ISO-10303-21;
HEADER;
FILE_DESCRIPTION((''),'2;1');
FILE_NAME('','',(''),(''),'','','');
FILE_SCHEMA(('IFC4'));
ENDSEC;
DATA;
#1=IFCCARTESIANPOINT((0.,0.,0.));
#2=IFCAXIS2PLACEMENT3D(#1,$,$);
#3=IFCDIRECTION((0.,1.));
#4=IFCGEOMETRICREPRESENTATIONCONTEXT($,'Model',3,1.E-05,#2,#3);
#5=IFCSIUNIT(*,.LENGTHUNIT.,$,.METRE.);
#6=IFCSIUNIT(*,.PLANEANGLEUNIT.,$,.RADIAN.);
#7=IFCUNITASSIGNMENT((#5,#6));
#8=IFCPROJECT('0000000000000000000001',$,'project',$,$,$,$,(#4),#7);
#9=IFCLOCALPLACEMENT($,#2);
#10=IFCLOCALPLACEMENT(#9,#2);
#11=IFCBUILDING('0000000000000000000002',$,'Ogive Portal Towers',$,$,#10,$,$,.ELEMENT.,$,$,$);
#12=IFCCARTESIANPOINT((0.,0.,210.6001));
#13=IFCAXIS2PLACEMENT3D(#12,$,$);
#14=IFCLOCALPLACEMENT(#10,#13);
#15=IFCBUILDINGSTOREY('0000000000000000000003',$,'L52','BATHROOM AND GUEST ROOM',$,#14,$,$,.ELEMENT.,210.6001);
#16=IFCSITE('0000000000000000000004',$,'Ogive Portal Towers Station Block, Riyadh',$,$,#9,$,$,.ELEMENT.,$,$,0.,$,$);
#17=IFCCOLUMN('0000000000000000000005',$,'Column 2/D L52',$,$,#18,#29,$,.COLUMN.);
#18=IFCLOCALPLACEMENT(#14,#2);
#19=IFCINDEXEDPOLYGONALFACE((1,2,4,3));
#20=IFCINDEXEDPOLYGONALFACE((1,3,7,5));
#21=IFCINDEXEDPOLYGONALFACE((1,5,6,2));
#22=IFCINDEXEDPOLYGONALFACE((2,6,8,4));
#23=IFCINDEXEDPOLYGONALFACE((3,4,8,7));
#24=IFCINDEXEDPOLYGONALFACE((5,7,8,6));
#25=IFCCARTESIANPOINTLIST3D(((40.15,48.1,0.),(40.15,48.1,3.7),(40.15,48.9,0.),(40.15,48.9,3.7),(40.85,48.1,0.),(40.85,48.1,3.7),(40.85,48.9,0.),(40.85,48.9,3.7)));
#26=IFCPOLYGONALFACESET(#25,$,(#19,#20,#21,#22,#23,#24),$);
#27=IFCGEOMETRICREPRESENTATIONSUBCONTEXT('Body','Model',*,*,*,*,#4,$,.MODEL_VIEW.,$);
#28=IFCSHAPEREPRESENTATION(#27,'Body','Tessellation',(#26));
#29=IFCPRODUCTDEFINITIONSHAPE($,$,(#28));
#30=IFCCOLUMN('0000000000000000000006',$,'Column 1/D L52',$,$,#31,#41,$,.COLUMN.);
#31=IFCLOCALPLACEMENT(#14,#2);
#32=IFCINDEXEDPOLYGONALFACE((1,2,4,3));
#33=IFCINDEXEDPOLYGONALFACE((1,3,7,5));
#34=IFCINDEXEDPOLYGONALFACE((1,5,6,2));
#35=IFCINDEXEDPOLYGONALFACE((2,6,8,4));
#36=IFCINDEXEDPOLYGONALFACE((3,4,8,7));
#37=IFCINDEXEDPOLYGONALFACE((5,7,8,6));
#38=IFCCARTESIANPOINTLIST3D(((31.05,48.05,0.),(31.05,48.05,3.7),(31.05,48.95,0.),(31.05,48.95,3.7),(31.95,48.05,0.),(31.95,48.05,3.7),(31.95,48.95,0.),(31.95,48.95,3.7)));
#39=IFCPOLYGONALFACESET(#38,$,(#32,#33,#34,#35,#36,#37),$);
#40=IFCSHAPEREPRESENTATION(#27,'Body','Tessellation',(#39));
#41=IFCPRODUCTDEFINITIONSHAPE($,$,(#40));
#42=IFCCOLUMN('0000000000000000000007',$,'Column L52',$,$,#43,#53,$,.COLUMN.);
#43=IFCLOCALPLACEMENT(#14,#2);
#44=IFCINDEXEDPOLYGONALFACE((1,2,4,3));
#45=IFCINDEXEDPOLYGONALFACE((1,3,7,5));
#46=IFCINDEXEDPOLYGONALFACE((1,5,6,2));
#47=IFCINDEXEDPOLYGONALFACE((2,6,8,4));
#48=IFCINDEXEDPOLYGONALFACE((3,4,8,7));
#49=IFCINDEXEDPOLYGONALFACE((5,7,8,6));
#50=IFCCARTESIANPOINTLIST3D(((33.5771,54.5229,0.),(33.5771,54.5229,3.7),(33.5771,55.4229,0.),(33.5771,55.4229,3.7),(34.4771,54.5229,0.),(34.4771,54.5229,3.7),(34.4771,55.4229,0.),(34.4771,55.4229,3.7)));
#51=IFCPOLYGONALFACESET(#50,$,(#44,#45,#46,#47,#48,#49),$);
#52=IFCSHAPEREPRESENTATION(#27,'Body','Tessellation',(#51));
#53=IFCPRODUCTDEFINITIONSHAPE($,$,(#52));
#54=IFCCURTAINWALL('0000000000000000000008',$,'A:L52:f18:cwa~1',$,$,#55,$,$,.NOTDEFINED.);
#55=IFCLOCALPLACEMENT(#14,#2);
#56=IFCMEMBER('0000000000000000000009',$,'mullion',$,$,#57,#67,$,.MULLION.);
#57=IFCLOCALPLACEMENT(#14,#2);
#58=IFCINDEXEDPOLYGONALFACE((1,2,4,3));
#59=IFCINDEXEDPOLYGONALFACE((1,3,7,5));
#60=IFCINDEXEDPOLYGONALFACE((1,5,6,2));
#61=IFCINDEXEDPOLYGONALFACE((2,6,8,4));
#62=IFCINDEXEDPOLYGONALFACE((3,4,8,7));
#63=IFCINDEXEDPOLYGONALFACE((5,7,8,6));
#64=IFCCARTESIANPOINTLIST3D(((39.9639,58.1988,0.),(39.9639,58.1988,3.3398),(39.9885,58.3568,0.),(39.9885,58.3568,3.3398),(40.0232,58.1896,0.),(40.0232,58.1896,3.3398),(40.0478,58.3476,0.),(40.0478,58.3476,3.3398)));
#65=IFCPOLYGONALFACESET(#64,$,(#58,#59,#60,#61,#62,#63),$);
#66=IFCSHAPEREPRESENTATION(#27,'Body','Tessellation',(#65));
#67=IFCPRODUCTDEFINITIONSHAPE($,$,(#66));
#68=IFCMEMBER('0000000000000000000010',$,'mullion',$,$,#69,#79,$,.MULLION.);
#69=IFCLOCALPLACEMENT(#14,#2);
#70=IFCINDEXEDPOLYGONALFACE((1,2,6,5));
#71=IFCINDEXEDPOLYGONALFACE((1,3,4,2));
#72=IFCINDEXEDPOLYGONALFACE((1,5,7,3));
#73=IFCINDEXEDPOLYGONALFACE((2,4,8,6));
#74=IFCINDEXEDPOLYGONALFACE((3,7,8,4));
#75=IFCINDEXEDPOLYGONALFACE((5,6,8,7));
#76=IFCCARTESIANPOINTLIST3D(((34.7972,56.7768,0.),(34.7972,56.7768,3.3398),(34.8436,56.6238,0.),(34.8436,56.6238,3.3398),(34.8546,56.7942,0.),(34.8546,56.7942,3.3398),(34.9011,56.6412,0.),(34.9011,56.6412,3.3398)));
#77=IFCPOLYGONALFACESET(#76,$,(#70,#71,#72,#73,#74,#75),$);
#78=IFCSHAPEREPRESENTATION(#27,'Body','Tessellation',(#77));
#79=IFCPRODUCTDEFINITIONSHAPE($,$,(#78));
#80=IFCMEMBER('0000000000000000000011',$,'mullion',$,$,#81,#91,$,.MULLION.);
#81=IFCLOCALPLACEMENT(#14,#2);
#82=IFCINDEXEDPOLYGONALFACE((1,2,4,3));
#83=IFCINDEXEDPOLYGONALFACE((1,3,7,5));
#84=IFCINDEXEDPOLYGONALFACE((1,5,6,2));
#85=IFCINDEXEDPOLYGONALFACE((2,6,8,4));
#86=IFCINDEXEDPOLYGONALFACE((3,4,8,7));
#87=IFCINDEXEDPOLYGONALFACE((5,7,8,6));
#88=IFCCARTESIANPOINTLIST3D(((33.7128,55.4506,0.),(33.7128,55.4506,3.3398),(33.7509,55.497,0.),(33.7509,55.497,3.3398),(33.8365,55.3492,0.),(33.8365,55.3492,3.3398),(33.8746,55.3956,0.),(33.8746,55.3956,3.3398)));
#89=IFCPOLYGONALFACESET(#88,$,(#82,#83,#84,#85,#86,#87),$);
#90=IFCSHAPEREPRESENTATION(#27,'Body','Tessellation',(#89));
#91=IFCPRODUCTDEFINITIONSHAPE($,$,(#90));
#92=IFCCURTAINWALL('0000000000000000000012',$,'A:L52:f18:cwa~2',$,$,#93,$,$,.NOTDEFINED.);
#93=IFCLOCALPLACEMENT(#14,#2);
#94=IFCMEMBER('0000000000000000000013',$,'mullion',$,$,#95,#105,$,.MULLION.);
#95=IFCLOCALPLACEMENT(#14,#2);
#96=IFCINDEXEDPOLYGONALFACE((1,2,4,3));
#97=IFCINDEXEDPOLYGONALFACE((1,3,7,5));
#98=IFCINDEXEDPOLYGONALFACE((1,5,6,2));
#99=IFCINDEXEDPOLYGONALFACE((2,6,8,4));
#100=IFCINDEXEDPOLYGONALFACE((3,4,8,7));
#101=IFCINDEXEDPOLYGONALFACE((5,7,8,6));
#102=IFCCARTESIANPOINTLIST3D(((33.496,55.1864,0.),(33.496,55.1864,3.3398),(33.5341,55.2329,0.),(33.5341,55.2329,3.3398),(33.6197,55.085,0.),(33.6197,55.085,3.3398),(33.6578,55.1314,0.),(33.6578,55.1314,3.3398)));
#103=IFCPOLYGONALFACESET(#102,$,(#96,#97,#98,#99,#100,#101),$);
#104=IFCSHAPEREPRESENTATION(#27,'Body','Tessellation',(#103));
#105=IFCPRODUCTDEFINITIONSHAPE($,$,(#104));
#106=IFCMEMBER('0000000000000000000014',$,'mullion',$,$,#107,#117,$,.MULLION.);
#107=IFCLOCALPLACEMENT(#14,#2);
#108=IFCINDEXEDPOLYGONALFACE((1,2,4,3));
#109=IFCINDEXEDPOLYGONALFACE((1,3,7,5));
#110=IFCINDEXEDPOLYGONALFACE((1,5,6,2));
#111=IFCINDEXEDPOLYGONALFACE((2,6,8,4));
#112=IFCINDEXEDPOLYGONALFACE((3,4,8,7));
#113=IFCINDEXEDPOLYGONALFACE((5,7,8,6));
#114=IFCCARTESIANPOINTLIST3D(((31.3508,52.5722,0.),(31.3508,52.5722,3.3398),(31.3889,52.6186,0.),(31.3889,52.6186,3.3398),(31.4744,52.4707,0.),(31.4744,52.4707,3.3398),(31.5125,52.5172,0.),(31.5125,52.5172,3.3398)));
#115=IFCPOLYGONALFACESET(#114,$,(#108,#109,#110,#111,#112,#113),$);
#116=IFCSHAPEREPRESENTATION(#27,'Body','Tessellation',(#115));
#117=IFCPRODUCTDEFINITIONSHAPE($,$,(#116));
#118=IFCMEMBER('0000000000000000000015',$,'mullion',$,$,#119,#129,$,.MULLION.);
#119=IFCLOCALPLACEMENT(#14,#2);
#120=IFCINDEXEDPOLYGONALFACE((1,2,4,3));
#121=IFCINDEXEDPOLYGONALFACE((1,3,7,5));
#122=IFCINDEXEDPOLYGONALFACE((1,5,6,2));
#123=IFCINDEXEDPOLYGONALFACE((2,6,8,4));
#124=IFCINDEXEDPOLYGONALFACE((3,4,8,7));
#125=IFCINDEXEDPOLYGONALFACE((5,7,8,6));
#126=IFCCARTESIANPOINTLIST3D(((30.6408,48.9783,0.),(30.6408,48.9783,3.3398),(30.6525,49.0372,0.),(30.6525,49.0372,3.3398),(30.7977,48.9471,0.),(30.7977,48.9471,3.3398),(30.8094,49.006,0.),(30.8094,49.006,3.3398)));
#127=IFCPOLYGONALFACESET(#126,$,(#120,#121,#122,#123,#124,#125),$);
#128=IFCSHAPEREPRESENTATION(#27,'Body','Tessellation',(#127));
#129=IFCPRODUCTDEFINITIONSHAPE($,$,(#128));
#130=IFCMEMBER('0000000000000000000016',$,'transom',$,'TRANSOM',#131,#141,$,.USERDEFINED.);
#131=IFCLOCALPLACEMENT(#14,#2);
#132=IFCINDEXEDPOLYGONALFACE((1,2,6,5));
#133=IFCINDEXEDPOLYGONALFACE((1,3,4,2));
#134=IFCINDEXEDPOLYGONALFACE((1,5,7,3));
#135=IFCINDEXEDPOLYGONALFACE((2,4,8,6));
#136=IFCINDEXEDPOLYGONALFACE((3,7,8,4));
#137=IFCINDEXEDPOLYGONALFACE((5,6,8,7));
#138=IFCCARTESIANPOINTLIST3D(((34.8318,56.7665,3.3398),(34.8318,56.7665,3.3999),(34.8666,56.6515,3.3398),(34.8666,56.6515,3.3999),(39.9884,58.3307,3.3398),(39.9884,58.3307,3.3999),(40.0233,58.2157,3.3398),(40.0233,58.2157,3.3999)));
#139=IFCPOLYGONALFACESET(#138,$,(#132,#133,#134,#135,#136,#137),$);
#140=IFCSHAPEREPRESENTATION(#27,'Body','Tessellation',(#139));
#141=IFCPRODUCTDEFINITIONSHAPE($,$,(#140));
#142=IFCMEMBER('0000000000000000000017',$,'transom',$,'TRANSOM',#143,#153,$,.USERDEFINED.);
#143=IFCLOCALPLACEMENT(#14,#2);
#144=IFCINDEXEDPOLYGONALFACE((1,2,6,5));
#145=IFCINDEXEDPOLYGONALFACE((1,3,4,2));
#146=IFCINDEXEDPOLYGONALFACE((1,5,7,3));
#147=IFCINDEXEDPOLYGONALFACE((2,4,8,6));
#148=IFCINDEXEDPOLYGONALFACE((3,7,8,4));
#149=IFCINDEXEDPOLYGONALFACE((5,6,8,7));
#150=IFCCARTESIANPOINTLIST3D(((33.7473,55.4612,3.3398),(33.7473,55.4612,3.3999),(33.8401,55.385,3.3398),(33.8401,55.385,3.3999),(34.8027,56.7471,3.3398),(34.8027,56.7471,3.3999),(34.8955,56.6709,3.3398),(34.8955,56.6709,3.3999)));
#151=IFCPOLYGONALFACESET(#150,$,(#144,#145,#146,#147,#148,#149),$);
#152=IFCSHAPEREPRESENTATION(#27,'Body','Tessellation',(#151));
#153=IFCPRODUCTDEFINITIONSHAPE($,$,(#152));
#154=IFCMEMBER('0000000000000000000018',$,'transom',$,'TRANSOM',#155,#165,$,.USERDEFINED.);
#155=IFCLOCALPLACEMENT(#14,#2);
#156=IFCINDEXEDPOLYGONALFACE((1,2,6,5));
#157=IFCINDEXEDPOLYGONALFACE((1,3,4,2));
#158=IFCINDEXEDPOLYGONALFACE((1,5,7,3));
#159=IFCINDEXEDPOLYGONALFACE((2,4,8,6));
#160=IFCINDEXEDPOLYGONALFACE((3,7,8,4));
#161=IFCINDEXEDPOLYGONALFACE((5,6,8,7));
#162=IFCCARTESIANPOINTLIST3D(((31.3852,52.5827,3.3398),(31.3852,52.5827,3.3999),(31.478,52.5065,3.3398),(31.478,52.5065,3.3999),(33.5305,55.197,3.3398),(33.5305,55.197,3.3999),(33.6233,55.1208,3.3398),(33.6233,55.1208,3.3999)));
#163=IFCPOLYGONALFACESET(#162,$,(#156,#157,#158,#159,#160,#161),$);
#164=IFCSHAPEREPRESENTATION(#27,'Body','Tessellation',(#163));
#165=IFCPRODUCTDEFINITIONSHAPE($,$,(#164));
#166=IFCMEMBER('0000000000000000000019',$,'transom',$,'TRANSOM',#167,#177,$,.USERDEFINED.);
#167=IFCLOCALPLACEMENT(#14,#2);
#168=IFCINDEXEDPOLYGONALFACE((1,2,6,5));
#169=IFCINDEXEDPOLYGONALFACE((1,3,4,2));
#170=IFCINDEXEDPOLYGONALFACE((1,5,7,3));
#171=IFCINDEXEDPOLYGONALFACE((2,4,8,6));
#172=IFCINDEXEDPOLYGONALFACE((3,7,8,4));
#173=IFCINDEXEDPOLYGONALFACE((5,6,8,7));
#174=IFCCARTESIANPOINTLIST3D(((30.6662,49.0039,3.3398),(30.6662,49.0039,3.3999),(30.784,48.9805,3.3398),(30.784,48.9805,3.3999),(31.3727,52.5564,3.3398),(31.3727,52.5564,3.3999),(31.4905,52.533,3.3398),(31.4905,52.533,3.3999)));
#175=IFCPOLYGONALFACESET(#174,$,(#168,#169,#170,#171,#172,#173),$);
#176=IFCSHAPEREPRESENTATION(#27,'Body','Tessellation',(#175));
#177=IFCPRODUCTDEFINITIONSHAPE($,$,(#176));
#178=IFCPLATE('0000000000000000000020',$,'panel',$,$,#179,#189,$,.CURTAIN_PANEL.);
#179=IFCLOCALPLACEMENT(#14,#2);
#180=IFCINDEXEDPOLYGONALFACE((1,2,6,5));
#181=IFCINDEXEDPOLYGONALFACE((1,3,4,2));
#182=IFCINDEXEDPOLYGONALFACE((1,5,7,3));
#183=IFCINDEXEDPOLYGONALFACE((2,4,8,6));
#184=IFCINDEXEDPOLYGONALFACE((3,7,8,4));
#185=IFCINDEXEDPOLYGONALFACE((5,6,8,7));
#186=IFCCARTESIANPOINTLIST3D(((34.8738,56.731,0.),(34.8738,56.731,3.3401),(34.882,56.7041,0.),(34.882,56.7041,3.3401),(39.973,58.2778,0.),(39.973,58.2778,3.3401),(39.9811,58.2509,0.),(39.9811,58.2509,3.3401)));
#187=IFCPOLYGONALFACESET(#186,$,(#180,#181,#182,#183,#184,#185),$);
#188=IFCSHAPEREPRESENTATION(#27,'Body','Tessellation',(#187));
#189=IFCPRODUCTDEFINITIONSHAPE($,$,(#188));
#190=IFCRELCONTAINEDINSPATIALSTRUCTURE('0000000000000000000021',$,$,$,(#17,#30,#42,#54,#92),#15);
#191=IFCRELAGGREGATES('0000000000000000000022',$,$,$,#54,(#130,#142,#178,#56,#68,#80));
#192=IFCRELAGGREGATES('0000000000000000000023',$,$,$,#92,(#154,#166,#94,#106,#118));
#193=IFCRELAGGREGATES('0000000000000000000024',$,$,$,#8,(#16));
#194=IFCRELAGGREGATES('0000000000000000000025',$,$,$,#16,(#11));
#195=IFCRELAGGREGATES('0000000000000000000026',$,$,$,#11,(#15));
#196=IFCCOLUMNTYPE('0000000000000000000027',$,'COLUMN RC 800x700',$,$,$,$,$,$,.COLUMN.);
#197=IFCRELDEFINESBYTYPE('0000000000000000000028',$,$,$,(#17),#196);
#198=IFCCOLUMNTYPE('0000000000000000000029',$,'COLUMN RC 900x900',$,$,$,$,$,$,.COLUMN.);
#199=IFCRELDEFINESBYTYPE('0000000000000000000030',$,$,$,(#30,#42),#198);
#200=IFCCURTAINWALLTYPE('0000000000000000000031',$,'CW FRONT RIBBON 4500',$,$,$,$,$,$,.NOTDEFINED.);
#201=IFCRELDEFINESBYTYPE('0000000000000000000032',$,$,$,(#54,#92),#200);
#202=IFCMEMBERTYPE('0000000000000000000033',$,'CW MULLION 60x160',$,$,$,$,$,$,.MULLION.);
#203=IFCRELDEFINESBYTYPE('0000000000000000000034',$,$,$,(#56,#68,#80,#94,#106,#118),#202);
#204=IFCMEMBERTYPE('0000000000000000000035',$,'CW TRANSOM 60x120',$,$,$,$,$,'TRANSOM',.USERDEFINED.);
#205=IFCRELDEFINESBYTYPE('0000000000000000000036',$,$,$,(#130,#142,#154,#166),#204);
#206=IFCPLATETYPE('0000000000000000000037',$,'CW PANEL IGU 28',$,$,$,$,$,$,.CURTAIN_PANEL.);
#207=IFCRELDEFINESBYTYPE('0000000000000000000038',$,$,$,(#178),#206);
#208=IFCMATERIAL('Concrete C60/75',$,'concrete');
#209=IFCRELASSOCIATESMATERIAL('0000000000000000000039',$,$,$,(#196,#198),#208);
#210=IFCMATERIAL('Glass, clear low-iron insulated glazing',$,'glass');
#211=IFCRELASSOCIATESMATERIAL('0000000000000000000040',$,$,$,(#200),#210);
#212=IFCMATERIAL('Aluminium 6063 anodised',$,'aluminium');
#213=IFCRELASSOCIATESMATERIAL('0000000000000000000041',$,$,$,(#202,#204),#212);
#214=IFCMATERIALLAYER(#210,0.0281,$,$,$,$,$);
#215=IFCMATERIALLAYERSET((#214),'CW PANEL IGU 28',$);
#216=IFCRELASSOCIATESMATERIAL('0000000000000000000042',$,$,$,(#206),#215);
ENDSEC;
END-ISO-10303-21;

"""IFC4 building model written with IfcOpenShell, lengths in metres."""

from ifc_helpers import new_model, si_unit, direction, frame, origin, origin_2d, place, context, subcontext, project, spatial, rectangle, extrude, material, layer, layer_set, material_profile, profile_set, type_object, element, aggregate, save


model = new_model("IFC4")

# Units and contexts
model_context = context("Model", 3, precision=1e-05, world=origin(), true_north=direction((0.0, 1.0)))
body_context = subcontext(model_context, "Body", "Model", "MODEL_VIEW")
ifc_project = project(units=[si_unit("LENGTHUNIT", "METRE"), si_unit("PLANEANGLEUNIT", "RADIAN")], contexts=[model_context])

# Site, building, storey
site_placement = place(None, origin())
site = spatial("IfcSite", under=ifc_project, at=site_placement, Name="Ogive Portal Towers Station Block, Riyadh", CompositionType="ELEMENT", RefElevation=0.0)
building_placement = place(site_placement, origin())
building = spatial("IfcBuilding", under=site, at=building_placement, Name="Ogive Portal Towers", CompositionType="ELEMENT")
storey_placement = place(building_placement, frame((0.0, 0.0, 210.6001)))
storey = spatial("IfcBuildingStorey", under=building, at=storey_placement, Name="L52", Description="BATHROOM AND GUEST ROOM", CompositionType="ELEMENT", Elevation=210.6001)

# Columns
ifc_material_1 = material(Name="Concrete C60/75", Category="concrete")
ifc_material_profile_1 = material_profile(ifc_material_1, rectangle(XDim=0.8, YDim=0.7, at=origin_2d()), Name="RC 800x700")
ifc_profile_set_1 = profile_set([ifc_material_profile_1], Name="Concrete C60/75")
column_type_1 = type_object("IfcColumnType", Name="COLUMN RC 800x700", PredefinedType="COLUMN", material=ifc_profile_set_1)
column_placement = place(storey_placement, frame((40.5, 48.5, 0.0), z_axis=(0.0, 0.0, 1.0), x_axis=(0.0, 1.0, 0.0)))
element("IfcColumn", 1, at=column_placement, inside=storey, type_object=column_type_1, Name="Column 2/D L52", PredefinedType="COLUMN", context=body_context, shape_type="SweptSolid", body=[
    extrude(rectangle(XDim=0.8, YDim=0.7, at=origin_2d()), origin(), (0.0, 0.0, 1.0), 3.7),
])
ifc_material_profile_2 = material_profile(ifc_material_1, rectangle(XDim=0.8999, YDim=0.8999, at=origin_2d()), Name="RC 900x900")
ifc_profile_set_2 = profile_set([ifc_material_profile_2], Name="Concrete C60/75")
column_type_2 = type_object("IfcColumnType", Name="COLUMN RC 900x900", PredefinedType="COLUMN", material=ifc_profile_set_2)
for number, where, z_axis, x_axis, name in (
    (2, (31.5, 48.5, 0.0), (0.0, 0.0, 1.0), (1.0, 0.0, 0.0), "Column 1/D L52"),
    (3, (34.0271, 54.9729, 0.0), (0.0, 0.0, 1.0), (1.0, 0.0, 0.0), "Column L52"),
):
    element("IfcColumn", number, at=place(storey_placement, frame(where, z_axis=z_axis, x_axis=x_axis)), inside=storey, type_object=column_type_2, Name=name, PredefinedType="COLUMN", context=body_context, shape_type="SweptSolid", body=[
        extrude(rectangle(XDim=0.8999, YDim=0.8999, at=origin_2d()), origin(), (0.0, 0.0, 1.0), 3.7),
    ])

# Curtain walls, members
ifc_material_2 = material(Name="Glass, clear low-iron insulated glazing", Category="glass")
curtain_wall_type = type_object("IfcCurtainWallType", Name="CW FRONT RIBBON 4500", PredefinedType="NOTDEFINED", material=ifc_material_2)
curtain_wall_1_placement = place(storey_placement, origin())
curtain_wall_1 = element("IfcCurtainWall", 4, at=curtain_wall_1_placement, inside=storey, type_object=curtain_wall_type, Name="A:L52:f18:cwa~1", PredefinedType="NOTDEFINED")
ifc_material_3 = material(Name="Aluminium 6063 anodised", Category="aluminium")
ifc_material_profile_3 = material_profile(ifc_material_3, rectangle(XDim=0.1599, YDim=0.0601, at=origin_2d()), Name="AL 60x160")
ifc_profile_set_3 = profile_set([ifc_material_profile_3], Name="Aluminium 6063 anodised")
member_type_1 = type_object("IfcMemberType", Name="CW MULLION 60x160", PredefinedType="MULLION", material=ifc_profile_set_3)
member_1_placement = place(storey_placement, frame((40.0059, 58.2732, 0.0), z_axis=(0.0, 0.0, 1.0), x_axis=(-0.153636, -0.988128, 0.0)))
member_1 = element("IfcMember", 5, at=member_1_placement, type_object=member_type_1, Name="mullion", PredefinedType="MULLION", context=body_context, shape_type="SweptSolid", body=[
    extrude(rectangle(XDim=0.1599, YDim=0.0601, at=origin_2d()), origin(), (0.0, 0.0, 1.0), 3.3398),
])
member_2_placement = place(storey_placement, frame((34.8491, 56.709, 0.0), z_axis=(0.0, 0.0, 1.0), x_axis=(0.290285, -0.95694, 0.0)))
member_2 = element("IfcMember", 6, at=member_2_placement, type_object=member_type_1, Name="mullion", PredefinedType="MULLION", context=body_context, shape_type="SweptSolid", body=[
    extrude(rectangle(XDim=0.1599, YDim=0.0601, at=origin_2d()), origin(), (0.0, 0.0, 1.0), 3.3398),
])
member_3_placement = place(storey_placement, frame((33.7937, 55.4231, 0.0), z_axis=(0.0, 0.0, 1.0), x_axis=(0.77301, -0.634393, 0.0)))
member_3 = element("IfcMember", 7, at=member_3_placement, type_object=member_type_1, Name="mullion", PredefinedType="MULLION", context=body_context, shape_type="SweptSolid", body=[
    extrude(rectangle(XDim=0.1599, YDim=0.0601, at=origin_2d()), origin(), (0.0, 0.0, 1.0), 3.3398),
])
curtain_wall_2_placement = place(storey_placement, origin())
curtain_wall_2 = element("IfcCurtainWall", 8, at=curtain_wall_2_placement, inside=storey, type_object=curtain_wall_type, Name="A:L52:f18:cwa~2", PredefinedType="NOTDEFINED")
member_4_placement = place(storey_placement, frame((33.5769, 55.1589, 0.0), z_axis=(0.0, 0.0, 1.0), x_axis=(0.77301, -0.634393, 0.0)))
member_4 = element("IfcMember", 9, at=member_4_placement, type_object=member_type_1, Name="mullion", PredefinedType="MULLION", context=body_context, shape_type="SweptSolid", body=[
    extrude(rectangle(XDim=0.1599, YDim=0.0601, at=origin_2d()), origin(), (0.0, 0.0, 1.0), 3.3398),
])
member_5_placement = place(storey_placement, frame((31.4316, 52.5447, 0.0), z_axis=(0.0, 0.0, 1.0), x_axis=(0.77301, -0.634393, 0.0)))
member_5 = element("IfcMember", 10, at=member_5_placement, type_object=member_type_1, Name="mullion", PredefinedType="MULLION", context=body_context, shape_type="SweptSolid", body=[
    extrude(rectangle(XDim=0.1599, YDim=0.0601, at=origin_2d()), origin(), (0.0, 0.0, 1.0), 3.3398),
])
member_6_placement = place(storey_placement, frame((30.7251, 48.9922, 0.0), z_axis=(0.0, 0.0, 1.0), x_axis=(0.980785, -0.19509, 0.0)))
member_6 = element("IfcMember", 11, at=member_6_placement, type_object=member_type_1, Name="mullion", PredefinedType="MULLION", context=body_context, shape_type="SweptSolid", body=[
    extrude(rectangle(XDim=0.1599, YDim=0.0601, at=origin_2d()), origin(), (0.0, 0.0, 1.0), 3.3398),
])

# Members
ifc_material_profile_4 = material_profile(ifc_material_3, rectangle(XDim=0.1201, YDim=0.0601, at=origin_2d()), Name="AL 120x60")
ifc_profile_set_4 = profile_set([ifc_material_profile_4], Name="Aluminium 6063 anodised")
member_type_2 = type_object("IfcMemberType", Name="CW TRANSOM 60x120", ElementType="TRANSOM", PredefinedType="USERDEFINED", material=ifc_profile_set_4)
member_7_placement = place(storey_placement, frame((40.0059, 58.2732, 3.3699), z_axis=(-0.956944, -0.290273, 0.0), x_axis=(0.290273, -0.956944, 0.0)))
member_7 = element("IfcMember", 12, at=member_7_placement, type_object=member_type_2, Name="transom", ObjectType="TRANSOM", PredefinedType="USERDEFINED", context=body_context, shape_type="SweptSolid", body=[
    extrude(rectangle(XDim=0.1201, YDim=0.0601, at=origin_2d()), origin(), (0.0, 0.0, 1.0), 5.3887),
])
member_8_placement = place(storey_placement, frame((34.8491, 56.709, 3.3699), z_axis=(-0.634436, -0.772976, 0.0), x_axis=(0.772976, -0.634436, 0.0)))
member_8 = element("IfcMember", 13, at=member_8_placement, type_object=member_type_2, Name="transom", ObjectType="TRANSOM", PredefinedType="USERDEFINED", context=body_context, shape_type="SweptSolid", body=[
    extrude(rectangle(XDim=0.1201, YDim=0.0601, at=origin_2d()), origin(), (0.0, 0.0, 1.0), 1.6636),
])
member_9_placement = place(storey_placement, frame((33.5769, 55.1589, 3.3699), z_axis=(-0.634358, -0.77304, 0.0), x_axis=(0.77304, -0.634358, 0.0)))
member_9 = element("IfcMember", 14, at=member_9_placement, type_object=member_type_2, Name="transom", ObjectType="TRANSOM", PredefinedType="USERDEFINED", context=body_context, shape_type="SweptSolid", body=[
    extrude(rectangle(XDim=0.1201, YDim=0.0601, at=origin_2d()), origin(), (0.0, 0.0, 1.0), 3.3818),
])
member_10_placement = place(storey_placement, frame((31.4316, 52.5447, 3.3699), z_axis=(-0.195066, -0.98079, 0.0), x_axis=(0.98079, -0.195066, 0.0)))
member_10 = element("IfcMember", 15, at=member_10_placement, type_object=member_type_2, Name="transom", ObjectType="TRANSOM", PredefinedType="USERDEFINED", context=body_context, shape_type="SweptSolid", body=[
    extrude(rectangle(XDim=0.1201, YDim=0.0601, at=origin_2d()), origin(), (0.0, 0.0, 1.0), 3.6221),
])

# Plate
ifc_layer_1 = layer(ifc_material_2, 0.0281)
ifc_layer_set_1 = layer_set([ifc_layer_1], Name="CW PANEL IGU 28")
plate_type = type_object("IfcPlateType", Name="CW PANEL IGU 28", PredefinedType="CURTAIN_PANEL", material=ifc_layer_set_1)
plate_1_placement = place(storey_placement, frame((37.4275, 57.491, 0.0), z_axis=(0.0, 0.0, 1.0), x_axis=(-0.95694, -0.290285, 0.0)))
plate_1 = element("IfcPlate", 16, at=plate_1_placement, type_object=plate_type, Name="panel", PredefinedType="CURTAIN_PANEL", context=body_context, shape_type="SweptSolid", body=[
    extrude(rectangle(XDim=5.3286, YDim=0.0281, at=origin_2d()), origin(), (0.0, 0.0, 1.0), 3.3401),
])
aggregate(curtain_wall_1, [member_7, member_8, plate_1, member_1, member_2, member_3])
aggregate(curtain_wall_2, [member_9, member_10, member_4, member_5, member_6])

save(model, "model.ifc")
